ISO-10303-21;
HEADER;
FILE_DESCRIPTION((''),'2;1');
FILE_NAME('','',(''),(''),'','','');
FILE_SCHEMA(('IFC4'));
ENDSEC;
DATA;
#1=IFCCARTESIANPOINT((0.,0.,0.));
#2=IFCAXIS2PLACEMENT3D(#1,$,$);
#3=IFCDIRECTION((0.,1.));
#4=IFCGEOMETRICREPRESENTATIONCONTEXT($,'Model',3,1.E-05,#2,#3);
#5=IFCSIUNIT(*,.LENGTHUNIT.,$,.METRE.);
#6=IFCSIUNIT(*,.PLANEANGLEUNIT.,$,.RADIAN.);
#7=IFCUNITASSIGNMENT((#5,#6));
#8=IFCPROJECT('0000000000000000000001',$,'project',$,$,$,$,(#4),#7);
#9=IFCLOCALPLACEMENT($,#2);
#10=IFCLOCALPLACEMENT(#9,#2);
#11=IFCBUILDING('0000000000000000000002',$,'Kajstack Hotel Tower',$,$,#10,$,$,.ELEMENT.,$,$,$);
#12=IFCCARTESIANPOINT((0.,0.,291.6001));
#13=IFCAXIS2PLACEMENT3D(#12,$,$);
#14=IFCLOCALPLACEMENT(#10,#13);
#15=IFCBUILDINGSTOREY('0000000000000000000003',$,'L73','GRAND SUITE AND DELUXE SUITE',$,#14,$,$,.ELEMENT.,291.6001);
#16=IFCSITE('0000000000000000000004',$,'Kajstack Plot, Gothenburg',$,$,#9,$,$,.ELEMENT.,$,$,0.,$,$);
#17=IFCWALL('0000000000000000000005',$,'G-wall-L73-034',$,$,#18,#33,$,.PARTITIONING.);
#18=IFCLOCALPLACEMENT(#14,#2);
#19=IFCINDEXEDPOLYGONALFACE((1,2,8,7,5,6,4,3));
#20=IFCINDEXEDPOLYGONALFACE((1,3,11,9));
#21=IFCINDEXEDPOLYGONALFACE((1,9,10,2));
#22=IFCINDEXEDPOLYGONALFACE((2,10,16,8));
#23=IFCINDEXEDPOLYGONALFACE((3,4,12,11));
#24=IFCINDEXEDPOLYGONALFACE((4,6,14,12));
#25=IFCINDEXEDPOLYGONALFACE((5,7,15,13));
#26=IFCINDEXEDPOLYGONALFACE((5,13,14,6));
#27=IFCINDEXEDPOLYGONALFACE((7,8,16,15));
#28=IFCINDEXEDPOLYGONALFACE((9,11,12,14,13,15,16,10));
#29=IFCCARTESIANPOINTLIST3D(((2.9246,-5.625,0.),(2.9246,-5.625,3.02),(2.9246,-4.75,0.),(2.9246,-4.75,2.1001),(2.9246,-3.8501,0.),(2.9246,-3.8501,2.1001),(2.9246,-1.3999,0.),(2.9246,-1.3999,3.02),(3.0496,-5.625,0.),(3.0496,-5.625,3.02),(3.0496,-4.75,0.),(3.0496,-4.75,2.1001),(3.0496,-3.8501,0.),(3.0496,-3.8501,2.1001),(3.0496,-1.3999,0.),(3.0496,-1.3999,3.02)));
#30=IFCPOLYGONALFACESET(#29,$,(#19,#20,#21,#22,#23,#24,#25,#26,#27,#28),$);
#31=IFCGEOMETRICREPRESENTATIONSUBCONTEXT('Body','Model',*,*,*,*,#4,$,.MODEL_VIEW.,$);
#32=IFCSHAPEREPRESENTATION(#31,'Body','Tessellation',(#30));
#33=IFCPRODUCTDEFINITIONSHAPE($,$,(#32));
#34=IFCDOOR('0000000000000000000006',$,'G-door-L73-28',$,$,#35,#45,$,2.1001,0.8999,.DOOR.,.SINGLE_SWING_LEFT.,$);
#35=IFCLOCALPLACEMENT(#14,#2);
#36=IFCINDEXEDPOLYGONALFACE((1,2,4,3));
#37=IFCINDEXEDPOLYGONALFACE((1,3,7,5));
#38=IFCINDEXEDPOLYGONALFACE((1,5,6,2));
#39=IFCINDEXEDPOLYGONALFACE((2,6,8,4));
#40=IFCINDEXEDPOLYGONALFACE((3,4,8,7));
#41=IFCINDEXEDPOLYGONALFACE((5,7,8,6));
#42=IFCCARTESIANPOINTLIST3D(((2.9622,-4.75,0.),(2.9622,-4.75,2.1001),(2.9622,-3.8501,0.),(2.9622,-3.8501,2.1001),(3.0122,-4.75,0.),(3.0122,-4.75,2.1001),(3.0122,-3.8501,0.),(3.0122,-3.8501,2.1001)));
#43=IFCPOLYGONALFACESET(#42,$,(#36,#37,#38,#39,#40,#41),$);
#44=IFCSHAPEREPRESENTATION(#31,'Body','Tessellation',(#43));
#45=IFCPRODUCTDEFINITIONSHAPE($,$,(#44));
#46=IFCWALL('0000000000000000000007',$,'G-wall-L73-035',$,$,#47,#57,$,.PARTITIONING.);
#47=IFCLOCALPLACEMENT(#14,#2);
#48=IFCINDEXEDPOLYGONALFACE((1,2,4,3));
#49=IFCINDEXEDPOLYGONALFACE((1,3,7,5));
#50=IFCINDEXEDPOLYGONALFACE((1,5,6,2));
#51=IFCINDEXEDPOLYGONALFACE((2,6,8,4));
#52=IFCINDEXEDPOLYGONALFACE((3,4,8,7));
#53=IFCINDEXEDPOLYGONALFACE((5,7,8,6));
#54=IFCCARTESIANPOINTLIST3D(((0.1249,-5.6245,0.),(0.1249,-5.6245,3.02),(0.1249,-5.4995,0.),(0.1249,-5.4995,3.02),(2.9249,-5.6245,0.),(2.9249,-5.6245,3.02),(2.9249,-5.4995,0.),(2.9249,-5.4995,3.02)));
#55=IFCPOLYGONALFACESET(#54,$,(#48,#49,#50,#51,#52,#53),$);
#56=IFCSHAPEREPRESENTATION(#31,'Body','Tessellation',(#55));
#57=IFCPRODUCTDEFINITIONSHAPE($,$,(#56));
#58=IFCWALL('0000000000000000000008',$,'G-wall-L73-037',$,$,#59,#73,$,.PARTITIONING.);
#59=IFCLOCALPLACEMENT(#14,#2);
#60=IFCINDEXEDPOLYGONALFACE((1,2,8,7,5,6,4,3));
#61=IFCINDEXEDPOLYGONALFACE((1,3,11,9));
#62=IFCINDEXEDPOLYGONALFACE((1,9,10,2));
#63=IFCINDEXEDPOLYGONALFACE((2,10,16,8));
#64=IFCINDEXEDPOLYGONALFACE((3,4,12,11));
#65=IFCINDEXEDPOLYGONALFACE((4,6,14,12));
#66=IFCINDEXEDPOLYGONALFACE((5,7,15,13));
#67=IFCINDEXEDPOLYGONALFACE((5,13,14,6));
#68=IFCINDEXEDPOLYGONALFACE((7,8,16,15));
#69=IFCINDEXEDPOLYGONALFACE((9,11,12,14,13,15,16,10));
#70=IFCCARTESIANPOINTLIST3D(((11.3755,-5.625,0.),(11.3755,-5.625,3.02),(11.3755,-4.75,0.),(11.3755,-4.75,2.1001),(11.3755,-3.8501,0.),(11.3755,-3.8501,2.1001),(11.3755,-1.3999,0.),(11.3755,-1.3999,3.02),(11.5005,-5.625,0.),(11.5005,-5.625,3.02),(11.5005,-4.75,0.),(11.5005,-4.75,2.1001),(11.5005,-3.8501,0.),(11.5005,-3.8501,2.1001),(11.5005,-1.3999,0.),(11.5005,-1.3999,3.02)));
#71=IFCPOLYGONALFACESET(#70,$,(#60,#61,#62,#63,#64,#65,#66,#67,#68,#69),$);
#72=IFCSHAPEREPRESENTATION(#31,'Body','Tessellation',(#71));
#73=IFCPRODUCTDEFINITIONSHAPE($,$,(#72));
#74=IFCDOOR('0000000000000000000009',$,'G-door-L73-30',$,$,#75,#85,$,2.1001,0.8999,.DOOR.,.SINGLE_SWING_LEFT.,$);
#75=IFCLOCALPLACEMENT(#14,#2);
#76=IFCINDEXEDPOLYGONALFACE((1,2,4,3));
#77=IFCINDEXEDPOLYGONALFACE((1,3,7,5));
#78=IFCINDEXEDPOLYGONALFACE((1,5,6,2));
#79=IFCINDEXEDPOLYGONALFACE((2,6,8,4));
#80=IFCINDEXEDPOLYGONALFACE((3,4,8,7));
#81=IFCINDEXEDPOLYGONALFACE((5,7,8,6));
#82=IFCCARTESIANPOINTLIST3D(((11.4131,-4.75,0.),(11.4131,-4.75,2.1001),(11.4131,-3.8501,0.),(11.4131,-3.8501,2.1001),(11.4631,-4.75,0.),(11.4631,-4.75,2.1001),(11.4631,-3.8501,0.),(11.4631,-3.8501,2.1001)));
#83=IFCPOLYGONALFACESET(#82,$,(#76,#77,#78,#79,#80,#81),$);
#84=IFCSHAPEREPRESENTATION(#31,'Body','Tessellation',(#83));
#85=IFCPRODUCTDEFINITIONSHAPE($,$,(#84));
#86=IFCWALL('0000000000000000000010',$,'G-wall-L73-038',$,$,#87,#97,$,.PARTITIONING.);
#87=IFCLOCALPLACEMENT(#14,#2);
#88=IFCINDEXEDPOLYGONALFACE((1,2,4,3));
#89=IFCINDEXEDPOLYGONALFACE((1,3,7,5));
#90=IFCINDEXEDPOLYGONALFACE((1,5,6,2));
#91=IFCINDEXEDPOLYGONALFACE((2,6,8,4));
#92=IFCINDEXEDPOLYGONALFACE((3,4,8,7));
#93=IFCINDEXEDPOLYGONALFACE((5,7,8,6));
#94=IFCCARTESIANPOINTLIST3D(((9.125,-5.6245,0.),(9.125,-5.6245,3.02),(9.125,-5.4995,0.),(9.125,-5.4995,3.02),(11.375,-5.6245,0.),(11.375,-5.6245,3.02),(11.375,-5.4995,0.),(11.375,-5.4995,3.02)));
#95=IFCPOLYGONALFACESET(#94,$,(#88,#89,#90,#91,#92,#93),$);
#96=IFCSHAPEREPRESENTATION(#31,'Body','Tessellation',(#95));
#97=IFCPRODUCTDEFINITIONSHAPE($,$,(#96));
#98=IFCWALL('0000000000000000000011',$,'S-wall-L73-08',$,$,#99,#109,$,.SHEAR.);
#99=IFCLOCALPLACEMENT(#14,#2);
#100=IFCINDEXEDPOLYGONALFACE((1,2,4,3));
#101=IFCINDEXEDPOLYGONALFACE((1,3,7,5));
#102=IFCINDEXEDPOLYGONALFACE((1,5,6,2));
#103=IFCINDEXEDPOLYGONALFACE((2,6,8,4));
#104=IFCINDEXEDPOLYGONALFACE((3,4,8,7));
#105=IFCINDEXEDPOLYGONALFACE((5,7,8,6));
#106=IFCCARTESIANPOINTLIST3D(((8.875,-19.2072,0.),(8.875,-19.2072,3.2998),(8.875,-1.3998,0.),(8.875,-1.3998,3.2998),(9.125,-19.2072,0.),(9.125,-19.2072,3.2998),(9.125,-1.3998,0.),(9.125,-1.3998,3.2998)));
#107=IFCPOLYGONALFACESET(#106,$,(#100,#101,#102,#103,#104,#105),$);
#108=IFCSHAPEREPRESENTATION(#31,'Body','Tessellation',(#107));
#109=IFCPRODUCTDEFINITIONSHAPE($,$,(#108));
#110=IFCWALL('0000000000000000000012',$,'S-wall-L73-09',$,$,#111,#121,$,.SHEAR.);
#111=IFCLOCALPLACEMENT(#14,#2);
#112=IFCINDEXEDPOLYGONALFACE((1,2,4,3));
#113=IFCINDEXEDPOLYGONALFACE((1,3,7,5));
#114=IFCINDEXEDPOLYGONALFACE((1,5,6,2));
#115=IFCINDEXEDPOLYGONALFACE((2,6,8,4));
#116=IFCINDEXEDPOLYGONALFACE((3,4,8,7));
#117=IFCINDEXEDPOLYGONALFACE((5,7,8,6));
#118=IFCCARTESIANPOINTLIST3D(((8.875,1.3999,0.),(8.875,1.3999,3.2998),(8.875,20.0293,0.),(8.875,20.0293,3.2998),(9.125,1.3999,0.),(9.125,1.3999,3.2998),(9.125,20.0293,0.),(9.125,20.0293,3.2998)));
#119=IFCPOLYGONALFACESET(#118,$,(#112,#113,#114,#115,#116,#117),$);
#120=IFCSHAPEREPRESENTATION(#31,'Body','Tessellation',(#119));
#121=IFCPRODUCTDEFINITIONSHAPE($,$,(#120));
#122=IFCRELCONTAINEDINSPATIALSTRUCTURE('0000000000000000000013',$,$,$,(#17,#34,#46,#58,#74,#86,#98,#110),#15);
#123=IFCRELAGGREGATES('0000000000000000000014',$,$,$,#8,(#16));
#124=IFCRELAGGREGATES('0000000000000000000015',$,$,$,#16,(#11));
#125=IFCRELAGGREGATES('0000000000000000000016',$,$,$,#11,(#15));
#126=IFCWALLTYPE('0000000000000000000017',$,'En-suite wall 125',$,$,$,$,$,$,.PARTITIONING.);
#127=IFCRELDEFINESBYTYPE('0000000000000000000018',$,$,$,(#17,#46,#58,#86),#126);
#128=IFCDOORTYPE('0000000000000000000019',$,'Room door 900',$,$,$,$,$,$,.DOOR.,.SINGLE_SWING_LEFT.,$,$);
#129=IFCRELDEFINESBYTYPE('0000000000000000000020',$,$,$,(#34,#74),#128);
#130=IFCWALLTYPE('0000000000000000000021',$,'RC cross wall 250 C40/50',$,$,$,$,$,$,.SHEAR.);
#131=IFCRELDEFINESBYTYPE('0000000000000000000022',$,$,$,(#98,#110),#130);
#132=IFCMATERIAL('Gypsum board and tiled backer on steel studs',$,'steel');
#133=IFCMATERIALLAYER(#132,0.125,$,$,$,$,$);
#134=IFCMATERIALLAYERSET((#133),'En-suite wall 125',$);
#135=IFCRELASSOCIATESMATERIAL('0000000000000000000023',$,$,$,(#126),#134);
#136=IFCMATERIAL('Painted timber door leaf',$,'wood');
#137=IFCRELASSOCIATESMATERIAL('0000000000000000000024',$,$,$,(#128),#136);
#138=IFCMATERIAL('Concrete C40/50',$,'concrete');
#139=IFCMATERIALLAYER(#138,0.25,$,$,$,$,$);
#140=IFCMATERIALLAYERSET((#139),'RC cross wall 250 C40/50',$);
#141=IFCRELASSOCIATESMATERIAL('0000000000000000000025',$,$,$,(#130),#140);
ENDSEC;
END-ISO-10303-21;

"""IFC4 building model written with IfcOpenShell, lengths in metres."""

from ifc_helpers import new_model, si_unit, direction, frame, frame_2d, origin, place, context, subcontext, project, spatial, rectangle, extrude, material, layer, layer_set, type_object, element, fill, save


model = new_model("IFC4")

# Units and contexts
model_context = context("Model", 3, precision=1e-05, world=origin(), true_north=direction((0.0, 1.0)))
body_context = subcontext(model_context, "Body", "Model", "MODEL_VIEW")
ifc_project = project(units=[si_unit("LENGTHUNIT", "METRE"), si_unit("PLANEANGLEUNIT", "RADIAN")], contexts=[model_context])

# Site, building, storey
site_placement = place(None, origin())
site = spatial("IfcSite", under=ifc_project, at=site_placement, Name="Kajstack Plot, Gothenburg", CompositionType="ELEMENT", RefElevation=0.0)
building_placement = place(site_placement, origin())
building = spatial("IfcBuilding", under=site, at=building_placement, Name="Kajstack Hotel Tower", CompositionType="ELEMENT")
storey_placement = place(building_placement, frame((0.0, 0.0, 291.6001)))
storey = spatial("IfcBuildingStorey", under=building, at=storey_placement, Name="L73", Description="GRAND SUITE AND DELUXE SUITE", CompositionType="ELEMENT", Elevation=291.6001)

# Shared definitions
ifc_material_1 = material(Name="Concrete C40/50", Category="concrete")

# Wall, opening, door
ifc_material_2 = material(Name="Gypsum board and tiled backer on steel studs", Category="steel")
ifc_layer_1 = layer(ifc_material_2, 0.125)
ifc_layer_set_1 = layer_set([ifc_layer_1], Name="En-suite wall 125")
wall_type_1 = type_object("IfcWallType", Name="En-suite wall 125", PredefinedType="PARTITIONING", material=ifc_layer_set_1)
ifc_material_3 = material(Name="Painted timber door leaf", Category="wood")
door_type_1 = type_object("IfcDoorType", Name="Room door 900", OperationType="SINGLE_SWING_LEFT", PredefinedType="DOOR", material=ifc_material_3)
wall_1_placement = place(storey_placement, frame((2.9871, -5.625, 0.0), z_axis=(0.0, 0.0, 1.0), x_axis=(0.0, 1.0, 0.0)))
wall_1 = element("IfcWall", 1, at=wall_1_placement, inside=storey, type_object=wall_type_1, Name="G-wall-L73-034", PredefinedType="PARTITIONING", context=body_context, shape_type="SweptSolid", body=[
    extrude(rectangle(XDim=4.2251, YDim=0.125, at=frame_2d((2.1125, 0.0))), origin(), (0.0, 0.0, 1.0), 3.02),
])
opening_1_placement = place(wall_1_placement, frame((0.875, 0.0, 0.0)))
opening_1 = element("IfcOpeningElement", 2, at=opening_1_placement, cuts=wall_1, PredefinedType="OPENING", context=body_context, shape_type="SweptSolid", body=[
    extrude(rectangle(XDim=0.8999, YDim=2.1001, at=frame_2d((0.45, 1.05))), frame((0.0, 0.0725, 0.0), z_axis=(0.0, -1.0, 0.0), x_axis=(1.0, 0.0, 0.0)), (0.0, 0.0, 1.0), 0.145),
])
door_1_placement = place(opening_1_placement, origin())
door_1 = element("IfcDoor", 3, at=door_1_placement, inside=storey, type_object=door_type_1, Name="G-door-L73-28", OperationType="SINGLE_SWING_LEFT", OverallHeight=2.1001, OverallWidth=0.8999, PredefinedType="DOOR", context=body_context, shape_type="SweptSolid", body=[
    extrude(rectangle(XDim=0.8999, YDim=2.1001, at=frame_2d((0.45, 1.05))), frame((0.0, 0.0249, 0.0), z_axis=(0.0, -1.0, 0.0), x_axis=(1.0, 0.0, 0.0)), (0.0, 0.0, 1.0), 0.05),
])
fill(opening_1, door_1)

# Wall
wall_2_placement = place(storey_placement, frame((0.125, -5.562, 0.0), z_axis=(0.0, 0.0, 1.0), x_axis=(1.0, 0.0, 0.0)))
element("IfcWall", 4, at=wall_2_placement, inside=storey, type_object=wall_type_1, Name="G-wall-L73-035", PredefinedType="PARTITIONING", context=body_context, shape_type="SweptSolid", body=[
    extrude(rectangle(XDim=2.8, YDim=0.125, at=frame_2d((1.3999, 0.0))), origin(), (0.0, 0.0, 1.0), 3.02),
])

# Wall, opening, door
wall_3_placement = place(storey_placement, frame((11.438, -5.625, 0.0), z_axis=(0.0, 0.0, 1.0), x_axis=(0.0, 1.0, 0.0)))
wall_3 = element("IfcWall", 5, at=wall_3_placement, inside=storey, type_object=wall_type_1, Name="G-wall-L73-037", PredefinedType="PARTITIONING", context=body_context, shape_type="SweptSolid", body=[
    extrude(rectangle(XDim=4.2251, YDim=0.125, at=frame_2d((2.1125, 0.0))), origin(), (0.0, 0.0, 1.0), 3.02),
])
opening_2_placement = place(wall_3_placement, frame((0.875, 0.0, 0.0)))
opening_2 = element("IfcOpeningElement", 6, at=opening_2_placement, cuts=wall_3, PredefinedType="OPENING", context=body_context, shape_type="SweptSolid", body=[
    extrude(rectangle(XDim=0.8999, YDim=2.1001, at=frame_2d((0.45, 1.05))), frame((0.0, 0.0725, 0.0), z_axis=(0.0, -1.0, 0.0), x_axis=(1.0, 0.0, 0.0)), (0.0, 0.0, 1.0), 0.145),
])
door_2_placement = place(opening_2_placement, origin())
door_2 = element("IfcDoor", 7, at=door_2_placement, inside=storey, type_object=door_type_1, Name="G-door-L73-30", OperationType="SINGLE_SWING_LEFT", OverallHeight=2.1001, OverallWidth=0.8999, PredefinedType="DOOR", context=body_context, shape_type="SweptSolid", body=[
    extrude(rectangle(XDim=0.8999, YDim=2.1001, at=frame_2d((0.45, 1.05))), frame((0.0, 0.0249, 0.0), z_axis=(0.0, -1.0, 0.0), x_axis=(1.0, 0.0, 0.0)), (0.0, 0.0, 1.0), 0.05),
])
fill(opening_2, door_2)

# Walls
wall_4_placement = place(storey_placement, frame((9.125, -5.562, 0.0), z_axis=(0.0, 0.0, 1.0), x_axis=(1.0, 0.0, 0.0)))
element("IfcWall", 8, at=wall_4_placement, inside=storey, type_object=wall_type_1, Name="G-wall-L73-038", PredefinedType="PARTITIONING", context=body_context, shape_type="SweptSolid", body=[
    extrude(rectangle(XDim=2.25, YDim=0.125, at=frame_2d((1.125, 0.0))), origin(), (0.0, 0.0, 1.0), 3.02),
])
ifc_layer_2 = layer(ifc_material_1, 0.25)
ifc_layer_set_2 = layer_set([ifc_layer_2], Name="RC cross wall 250 C40/50")
wall_type_2 = type_object("IfcWallType", Name="RC cross wall 250 C40/50", PredefinedType="SHEAR", material=ifc_layer_set_2)
wall_5_placement = place(storey_placement, frame((9.0, -19.2073, 0.0), z_axis=(0.0, 0.0, 1.0), x_axis=(0.0, 1.0, 0.0)))
element("IfcWall", 9, at=wall_5_placement, inside=storey, type_object=wall_type_2, Name="S-wall-L73-08", PredefinedType="SHEAR", context=body_context, shape_type="SweptSolid", body=[
    extrude(rectangle(XDim=17.8074, YDim=0.25, at=frame_2d((8.9038, 0.0))), origin(), (0.0, 0.0, 1.0), 3.2998),
])
wall_6_placement = place(storey_placement, frame((9.0, 1.3999, 0.0), z_axis=(0.0, 0.0, 1.0), x_axis=(0.0, 1.0, 0.0)))
element("IfcWall", 10, at=wall_6_placement, inside=storey, type_object=wall_type_2, Name="S-wall-L73-09", PredefinedType="SHEAR", context=body_context, shape_type="SweptSolid", body=[
    extrude(rectangle(XDim=18.6294, YDim=0.25, at=frame_2d((9.3147, 0.0))), origin(), (0.0, 0.0, 1.0), 3.2998),
])

save(model, "model.ifc")
